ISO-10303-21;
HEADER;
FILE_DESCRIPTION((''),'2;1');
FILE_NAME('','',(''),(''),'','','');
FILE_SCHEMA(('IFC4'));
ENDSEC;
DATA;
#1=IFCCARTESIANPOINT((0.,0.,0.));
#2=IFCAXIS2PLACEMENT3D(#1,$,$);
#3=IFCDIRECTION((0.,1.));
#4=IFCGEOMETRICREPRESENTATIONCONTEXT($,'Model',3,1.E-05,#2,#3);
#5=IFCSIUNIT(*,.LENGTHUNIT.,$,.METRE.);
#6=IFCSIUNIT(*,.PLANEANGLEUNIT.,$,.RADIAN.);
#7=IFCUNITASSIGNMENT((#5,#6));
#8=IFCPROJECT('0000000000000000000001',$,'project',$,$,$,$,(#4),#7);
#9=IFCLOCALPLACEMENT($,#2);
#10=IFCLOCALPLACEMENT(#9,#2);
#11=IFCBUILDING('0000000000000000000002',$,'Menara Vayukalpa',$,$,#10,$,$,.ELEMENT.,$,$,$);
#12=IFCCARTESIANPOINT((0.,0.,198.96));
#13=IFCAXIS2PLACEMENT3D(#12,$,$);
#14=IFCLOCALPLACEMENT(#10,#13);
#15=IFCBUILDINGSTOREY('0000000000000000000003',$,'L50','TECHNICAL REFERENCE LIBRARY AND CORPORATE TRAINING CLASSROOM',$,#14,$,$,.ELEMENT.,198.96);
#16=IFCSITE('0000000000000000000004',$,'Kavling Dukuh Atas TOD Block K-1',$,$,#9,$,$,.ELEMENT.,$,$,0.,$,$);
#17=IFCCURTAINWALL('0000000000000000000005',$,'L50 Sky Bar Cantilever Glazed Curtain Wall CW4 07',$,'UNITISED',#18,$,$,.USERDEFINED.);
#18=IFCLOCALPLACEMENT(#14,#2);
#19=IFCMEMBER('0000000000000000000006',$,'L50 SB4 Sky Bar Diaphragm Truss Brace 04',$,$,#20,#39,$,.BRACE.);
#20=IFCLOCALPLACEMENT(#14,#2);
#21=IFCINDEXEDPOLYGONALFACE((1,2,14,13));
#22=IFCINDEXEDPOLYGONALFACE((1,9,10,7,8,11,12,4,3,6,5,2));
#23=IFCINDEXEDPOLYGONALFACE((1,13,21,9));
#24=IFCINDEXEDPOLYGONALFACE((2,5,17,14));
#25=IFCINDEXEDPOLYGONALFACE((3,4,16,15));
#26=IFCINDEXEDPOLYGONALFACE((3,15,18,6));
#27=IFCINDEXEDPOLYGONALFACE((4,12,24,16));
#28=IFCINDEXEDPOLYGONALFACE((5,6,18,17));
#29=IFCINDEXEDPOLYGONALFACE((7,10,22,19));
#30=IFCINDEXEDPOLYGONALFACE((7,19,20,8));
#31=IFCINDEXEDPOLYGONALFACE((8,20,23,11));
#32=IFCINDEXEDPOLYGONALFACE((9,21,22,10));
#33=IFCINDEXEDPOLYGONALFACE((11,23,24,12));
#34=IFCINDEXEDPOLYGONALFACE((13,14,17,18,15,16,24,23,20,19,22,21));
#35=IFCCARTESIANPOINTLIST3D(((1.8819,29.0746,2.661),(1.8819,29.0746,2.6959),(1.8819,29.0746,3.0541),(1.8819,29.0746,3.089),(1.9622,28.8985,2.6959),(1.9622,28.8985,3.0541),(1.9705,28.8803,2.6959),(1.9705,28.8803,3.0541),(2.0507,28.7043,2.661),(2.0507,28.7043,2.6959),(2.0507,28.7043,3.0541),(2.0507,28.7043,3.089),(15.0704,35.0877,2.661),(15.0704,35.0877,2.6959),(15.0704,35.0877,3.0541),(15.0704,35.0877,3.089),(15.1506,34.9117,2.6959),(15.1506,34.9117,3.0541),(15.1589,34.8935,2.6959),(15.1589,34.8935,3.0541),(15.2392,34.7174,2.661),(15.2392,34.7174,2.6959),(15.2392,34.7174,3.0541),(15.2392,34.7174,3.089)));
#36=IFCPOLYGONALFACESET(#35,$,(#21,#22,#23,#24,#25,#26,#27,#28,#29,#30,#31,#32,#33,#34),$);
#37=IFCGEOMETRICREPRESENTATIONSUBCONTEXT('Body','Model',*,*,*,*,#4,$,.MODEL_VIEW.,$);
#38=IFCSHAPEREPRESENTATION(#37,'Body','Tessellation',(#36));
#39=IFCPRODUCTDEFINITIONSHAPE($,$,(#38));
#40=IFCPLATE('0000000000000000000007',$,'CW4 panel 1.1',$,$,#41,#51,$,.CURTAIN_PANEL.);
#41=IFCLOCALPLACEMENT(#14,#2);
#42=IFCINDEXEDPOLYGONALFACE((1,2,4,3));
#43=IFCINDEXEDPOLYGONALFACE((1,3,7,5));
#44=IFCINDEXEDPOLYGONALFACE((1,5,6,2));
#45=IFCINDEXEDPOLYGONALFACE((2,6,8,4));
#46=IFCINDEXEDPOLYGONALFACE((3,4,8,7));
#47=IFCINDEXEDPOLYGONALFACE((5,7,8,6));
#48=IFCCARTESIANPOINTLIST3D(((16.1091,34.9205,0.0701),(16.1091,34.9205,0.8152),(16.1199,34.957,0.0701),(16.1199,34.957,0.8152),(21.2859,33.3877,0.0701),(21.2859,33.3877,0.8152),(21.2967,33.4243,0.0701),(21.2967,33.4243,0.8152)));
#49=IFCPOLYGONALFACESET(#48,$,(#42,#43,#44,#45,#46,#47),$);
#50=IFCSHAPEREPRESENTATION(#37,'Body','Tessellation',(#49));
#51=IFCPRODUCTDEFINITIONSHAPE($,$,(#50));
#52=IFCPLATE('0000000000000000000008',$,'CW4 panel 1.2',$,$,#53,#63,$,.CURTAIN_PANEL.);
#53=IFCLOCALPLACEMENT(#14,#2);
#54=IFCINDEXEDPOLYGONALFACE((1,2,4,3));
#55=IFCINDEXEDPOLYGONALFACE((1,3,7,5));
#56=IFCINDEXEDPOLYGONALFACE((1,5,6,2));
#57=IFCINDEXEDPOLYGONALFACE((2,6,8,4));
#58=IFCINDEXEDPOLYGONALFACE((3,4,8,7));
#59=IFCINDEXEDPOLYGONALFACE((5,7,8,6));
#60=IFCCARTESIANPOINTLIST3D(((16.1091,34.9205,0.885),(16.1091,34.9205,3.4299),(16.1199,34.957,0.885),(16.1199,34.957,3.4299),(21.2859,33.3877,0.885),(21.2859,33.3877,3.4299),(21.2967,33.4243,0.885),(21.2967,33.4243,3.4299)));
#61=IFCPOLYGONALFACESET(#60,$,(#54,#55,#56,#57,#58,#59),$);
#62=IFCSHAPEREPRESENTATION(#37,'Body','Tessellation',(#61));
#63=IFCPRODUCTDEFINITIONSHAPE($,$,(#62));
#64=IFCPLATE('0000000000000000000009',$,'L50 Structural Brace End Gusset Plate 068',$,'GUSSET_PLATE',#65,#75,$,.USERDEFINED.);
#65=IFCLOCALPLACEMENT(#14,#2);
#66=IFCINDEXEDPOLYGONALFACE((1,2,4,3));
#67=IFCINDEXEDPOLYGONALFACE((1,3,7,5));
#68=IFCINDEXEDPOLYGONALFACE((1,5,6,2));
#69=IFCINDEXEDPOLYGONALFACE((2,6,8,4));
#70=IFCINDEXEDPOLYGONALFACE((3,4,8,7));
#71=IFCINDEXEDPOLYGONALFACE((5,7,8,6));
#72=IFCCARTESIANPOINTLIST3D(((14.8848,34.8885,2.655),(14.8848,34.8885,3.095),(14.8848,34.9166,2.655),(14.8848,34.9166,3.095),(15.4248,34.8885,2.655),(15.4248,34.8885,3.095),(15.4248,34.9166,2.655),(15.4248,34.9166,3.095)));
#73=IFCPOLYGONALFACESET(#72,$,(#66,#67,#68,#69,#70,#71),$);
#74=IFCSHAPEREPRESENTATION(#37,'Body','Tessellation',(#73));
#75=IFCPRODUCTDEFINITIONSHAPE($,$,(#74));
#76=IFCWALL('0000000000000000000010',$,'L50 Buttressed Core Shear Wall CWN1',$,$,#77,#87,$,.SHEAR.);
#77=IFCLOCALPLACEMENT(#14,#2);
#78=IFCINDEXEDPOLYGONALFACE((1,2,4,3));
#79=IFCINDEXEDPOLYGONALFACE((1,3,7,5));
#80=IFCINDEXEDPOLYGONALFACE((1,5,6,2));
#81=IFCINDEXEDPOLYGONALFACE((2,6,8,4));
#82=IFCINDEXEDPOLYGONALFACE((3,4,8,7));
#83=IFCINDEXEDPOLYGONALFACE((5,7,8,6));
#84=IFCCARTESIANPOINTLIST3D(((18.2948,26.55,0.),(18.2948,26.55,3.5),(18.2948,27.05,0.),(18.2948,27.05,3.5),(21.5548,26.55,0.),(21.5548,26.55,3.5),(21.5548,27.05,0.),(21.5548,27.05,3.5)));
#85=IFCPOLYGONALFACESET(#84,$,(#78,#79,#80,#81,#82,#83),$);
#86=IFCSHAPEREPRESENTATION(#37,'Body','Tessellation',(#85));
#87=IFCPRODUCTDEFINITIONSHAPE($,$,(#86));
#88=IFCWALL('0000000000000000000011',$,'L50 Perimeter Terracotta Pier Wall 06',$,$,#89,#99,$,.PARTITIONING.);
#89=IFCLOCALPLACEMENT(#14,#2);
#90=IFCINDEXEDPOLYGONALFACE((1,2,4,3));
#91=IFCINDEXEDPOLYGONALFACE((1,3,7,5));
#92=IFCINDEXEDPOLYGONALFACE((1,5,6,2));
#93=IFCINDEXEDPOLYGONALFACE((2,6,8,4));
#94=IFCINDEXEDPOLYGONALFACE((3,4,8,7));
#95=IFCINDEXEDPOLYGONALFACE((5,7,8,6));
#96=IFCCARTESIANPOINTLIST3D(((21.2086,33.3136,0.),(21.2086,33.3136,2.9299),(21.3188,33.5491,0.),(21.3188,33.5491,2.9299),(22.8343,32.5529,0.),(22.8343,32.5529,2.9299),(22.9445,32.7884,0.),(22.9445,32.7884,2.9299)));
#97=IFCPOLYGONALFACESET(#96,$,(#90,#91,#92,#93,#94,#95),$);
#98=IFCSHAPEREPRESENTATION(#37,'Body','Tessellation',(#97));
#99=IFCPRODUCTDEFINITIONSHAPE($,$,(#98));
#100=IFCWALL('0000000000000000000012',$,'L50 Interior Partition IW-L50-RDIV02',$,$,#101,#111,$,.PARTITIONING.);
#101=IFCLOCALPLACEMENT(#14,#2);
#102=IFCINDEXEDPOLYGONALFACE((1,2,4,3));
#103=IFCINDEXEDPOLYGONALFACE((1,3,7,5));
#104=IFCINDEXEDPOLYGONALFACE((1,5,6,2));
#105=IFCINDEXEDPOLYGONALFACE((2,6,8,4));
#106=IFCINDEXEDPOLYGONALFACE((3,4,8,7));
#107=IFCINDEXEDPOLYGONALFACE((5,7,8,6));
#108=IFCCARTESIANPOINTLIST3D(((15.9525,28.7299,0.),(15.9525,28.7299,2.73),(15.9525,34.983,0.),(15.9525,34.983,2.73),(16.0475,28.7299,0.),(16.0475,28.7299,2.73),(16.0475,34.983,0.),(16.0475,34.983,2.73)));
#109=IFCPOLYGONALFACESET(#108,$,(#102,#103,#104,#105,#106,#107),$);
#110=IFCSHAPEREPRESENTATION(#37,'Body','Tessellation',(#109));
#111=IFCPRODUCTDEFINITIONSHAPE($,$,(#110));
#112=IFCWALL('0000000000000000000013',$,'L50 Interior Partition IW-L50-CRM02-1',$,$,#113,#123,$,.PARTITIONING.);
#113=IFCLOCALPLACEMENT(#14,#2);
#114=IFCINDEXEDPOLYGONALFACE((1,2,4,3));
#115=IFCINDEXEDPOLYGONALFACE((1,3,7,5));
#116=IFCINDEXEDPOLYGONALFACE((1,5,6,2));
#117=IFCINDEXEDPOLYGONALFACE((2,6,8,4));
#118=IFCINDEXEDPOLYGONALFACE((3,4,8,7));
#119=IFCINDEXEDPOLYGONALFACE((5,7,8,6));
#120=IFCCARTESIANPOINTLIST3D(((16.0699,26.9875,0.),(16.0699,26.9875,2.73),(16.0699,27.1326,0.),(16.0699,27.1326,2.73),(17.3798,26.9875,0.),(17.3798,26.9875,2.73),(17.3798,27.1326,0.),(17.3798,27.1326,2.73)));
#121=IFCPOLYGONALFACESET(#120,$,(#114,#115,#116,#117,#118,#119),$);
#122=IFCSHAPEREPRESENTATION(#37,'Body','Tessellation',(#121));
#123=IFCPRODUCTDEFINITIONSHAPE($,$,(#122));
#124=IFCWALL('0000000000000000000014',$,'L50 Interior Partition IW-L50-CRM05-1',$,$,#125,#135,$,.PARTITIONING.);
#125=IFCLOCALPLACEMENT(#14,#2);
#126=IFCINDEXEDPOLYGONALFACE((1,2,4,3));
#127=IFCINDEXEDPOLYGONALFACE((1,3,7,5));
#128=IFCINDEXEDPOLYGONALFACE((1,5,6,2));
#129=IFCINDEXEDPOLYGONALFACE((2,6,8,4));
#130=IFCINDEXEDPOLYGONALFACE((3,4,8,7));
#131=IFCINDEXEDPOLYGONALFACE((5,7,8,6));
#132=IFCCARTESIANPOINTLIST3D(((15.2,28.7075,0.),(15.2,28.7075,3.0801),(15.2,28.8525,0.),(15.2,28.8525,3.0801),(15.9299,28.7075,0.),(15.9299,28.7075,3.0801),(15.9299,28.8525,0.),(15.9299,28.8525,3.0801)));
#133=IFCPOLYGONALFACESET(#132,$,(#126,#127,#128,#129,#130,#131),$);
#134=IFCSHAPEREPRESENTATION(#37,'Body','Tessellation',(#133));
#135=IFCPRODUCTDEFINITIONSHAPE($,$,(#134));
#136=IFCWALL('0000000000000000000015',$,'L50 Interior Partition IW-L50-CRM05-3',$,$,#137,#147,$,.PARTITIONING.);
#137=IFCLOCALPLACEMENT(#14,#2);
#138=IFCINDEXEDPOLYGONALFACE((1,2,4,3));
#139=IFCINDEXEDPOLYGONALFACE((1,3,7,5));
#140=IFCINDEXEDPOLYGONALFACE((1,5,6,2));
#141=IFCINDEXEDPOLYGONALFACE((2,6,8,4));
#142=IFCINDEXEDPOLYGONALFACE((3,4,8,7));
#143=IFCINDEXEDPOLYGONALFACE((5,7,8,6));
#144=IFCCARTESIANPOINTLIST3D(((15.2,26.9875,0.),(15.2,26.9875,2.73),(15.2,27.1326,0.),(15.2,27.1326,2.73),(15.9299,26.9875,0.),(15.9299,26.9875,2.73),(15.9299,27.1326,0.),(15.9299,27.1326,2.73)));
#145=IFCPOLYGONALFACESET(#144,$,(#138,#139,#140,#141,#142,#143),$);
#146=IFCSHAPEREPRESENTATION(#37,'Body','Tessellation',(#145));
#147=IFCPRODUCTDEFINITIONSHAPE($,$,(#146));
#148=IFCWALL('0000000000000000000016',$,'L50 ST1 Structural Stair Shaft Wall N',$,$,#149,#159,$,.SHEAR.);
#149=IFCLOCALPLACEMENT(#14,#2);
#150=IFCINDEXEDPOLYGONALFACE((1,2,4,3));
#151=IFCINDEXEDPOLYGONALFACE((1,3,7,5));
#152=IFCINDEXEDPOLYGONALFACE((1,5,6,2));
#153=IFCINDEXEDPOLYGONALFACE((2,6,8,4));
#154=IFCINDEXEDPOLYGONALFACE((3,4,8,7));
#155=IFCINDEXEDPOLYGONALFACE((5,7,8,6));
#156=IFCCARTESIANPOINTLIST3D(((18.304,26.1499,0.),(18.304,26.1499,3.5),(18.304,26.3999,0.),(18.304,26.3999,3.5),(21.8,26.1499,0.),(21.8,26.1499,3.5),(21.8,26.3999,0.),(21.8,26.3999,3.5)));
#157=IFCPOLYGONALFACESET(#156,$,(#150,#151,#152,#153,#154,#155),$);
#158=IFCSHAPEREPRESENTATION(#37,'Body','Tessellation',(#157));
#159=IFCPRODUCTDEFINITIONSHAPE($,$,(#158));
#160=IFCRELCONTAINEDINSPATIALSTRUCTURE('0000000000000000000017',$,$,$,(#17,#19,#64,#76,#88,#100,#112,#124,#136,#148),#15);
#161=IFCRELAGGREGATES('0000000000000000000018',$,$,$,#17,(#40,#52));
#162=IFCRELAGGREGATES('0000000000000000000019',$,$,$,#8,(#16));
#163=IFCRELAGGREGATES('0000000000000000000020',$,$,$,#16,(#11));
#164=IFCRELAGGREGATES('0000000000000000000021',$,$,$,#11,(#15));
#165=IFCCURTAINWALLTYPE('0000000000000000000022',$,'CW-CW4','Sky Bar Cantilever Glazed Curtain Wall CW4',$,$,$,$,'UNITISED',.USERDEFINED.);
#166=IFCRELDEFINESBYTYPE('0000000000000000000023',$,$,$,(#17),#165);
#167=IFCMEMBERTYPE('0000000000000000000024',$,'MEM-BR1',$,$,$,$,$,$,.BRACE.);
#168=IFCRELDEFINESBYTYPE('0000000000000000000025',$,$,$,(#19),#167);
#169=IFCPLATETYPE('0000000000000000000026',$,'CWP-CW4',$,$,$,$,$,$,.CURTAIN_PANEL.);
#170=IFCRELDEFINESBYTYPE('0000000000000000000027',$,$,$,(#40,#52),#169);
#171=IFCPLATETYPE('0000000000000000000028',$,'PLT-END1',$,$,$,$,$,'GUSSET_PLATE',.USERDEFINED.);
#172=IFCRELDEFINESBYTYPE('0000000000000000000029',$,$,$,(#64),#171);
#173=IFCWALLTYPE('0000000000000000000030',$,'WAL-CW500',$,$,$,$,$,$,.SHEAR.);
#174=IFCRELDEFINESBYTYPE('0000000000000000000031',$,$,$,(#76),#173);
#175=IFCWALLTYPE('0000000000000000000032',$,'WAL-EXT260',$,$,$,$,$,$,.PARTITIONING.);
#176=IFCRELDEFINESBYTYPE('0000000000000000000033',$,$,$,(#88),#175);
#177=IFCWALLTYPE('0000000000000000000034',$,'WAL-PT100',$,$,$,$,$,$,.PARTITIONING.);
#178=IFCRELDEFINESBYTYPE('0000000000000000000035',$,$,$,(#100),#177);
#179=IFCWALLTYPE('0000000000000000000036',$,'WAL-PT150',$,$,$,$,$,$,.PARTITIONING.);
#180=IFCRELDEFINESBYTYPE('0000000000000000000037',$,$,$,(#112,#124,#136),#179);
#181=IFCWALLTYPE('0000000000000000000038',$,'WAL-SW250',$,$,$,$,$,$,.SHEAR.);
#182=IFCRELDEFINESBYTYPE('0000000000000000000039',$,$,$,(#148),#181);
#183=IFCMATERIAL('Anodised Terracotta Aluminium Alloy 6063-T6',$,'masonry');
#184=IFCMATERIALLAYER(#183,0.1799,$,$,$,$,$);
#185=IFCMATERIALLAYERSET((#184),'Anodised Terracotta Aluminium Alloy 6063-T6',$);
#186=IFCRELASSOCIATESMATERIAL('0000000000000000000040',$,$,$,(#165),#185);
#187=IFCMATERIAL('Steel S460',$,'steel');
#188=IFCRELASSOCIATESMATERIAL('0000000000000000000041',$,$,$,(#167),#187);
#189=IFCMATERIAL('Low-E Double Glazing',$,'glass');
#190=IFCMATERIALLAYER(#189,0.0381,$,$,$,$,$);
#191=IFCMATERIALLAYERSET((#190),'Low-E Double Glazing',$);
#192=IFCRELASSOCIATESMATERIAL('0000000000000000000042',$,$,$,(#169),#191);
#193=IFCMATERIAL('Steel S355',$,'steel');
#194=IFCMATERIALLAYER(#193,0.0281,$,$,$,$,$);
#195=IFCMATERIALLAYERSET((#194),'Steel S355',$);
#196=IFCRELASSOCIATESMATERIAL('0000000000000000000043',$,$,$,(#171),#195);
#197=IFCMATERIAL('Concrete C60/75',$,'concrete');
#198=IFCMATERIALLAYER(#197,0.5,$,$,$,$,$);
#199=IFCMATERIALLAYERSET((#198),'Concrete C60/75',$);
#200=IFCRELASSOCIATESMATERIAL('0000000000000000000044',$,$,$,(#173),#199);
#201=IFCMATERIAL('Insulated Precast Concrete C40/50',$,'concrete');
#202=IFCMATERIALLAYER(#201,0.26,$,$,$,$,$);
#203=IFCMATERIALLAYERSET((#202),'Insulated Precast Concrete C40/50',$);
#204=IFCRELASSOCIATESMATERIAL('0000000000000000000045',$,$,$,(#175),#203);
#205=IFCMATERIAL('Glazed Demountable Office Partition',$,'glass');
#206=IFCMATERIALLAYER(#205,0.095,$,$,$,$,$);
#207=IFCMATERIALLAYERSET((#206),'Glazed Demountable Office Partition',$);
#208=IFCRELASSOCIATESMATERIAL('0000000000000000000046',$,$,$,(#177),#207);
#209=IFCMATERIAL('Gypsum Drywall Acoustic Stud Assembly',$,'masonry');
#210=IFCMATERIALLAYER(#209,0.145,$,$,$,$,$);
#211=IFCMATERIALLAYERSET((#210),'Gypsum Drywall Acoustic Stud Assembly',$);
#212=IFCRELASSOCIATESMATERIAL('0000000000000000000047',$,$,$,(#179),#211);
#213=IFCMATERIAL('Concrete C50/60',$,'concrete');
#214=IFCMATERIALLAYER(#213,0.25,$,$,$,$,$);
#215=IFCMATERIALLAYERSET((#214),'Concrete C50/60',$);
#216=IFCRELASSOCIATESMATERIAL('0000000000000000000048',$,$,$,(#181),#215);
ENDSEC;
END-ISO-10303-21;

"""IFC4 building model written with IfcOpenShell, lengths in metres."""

from ifc_helpers import new_model, si_unit, direction, frame, frame_2d, origin, origin_2d, place, context, subcontext, project, spatial, rectangle, i_section, extrude, material, layer, layer_set, material_profile, profile_set, type_object, element, aggregate, save


model = new_model("IFC4")

# Units and contexts
model_context = context("Model", 3, precision=1e-05, world=origin(), true_north=direction((0.0, 1.0)))
body_context = subcontext(model_context, "Body", "Model", "MODEL_VIEW")
ifc_project = project(units=[si_unit("LENGTHUNIT", "METRE"), si_unit("PLANEANGLEUNIT", "RADIAN")], contexts=[model_context])

# Site, building, storey
site_placement = place(None, origin())
site = spatial("IfcSite", under=ifc_project, at=site_placement, Name="Kavling Dukuh Atas TOD Block K-1", CompositionType="ELEMENT", RefElevation=0.0)
building_placement = place(site_placement, origin())
building = spatial("IfcBuilding", under=site, at=building_placement, Name="Menara Vayukalpa", CompositionType="ELEMENT")
storey_placement = place(building_placement, frame((0.0, 0.0, 198.96)))
storey = spatial("IfcBuildingStorey", under=building, at=storey_placement, Name="L50", Description="TECHNICAL REFERENCE LIBRARY AND CORPORATE TRAINING CLASSROOM", CompositionType="ELEMENT", Elevation=198.96)

# Curtain wall
ifc_material_1 = material(Name="Anodised Terracotta Aluminium Alloy 6063-T6", Category="masonry")
ifc_layer_1 = layer(ifc_material_1, 0.1799)
ifc_layer_set_1 = layer_set([ifc_layer_1], Name="Anodised Terracotta Aluminium Alloy 6063-T6")
curtain_wall_type = type_object("IfcCurtainWallType", Name="CW-CW4", Description="Sky Bar Cantilever Glazed Curtain Wall CW4", ElementType="UNITISED", PredefinedType="USERDEFINED", material=ifc_layer_set_1)
curtain_wall_placement = place(storey_placement, origin())
curtain_wall = element("IfcCurtainWall", 1, at=curtain_wall_placement, inside=storey, type_object=curtain_wall_type, Name="L50 Sky Bar Cantilever Glazed Curtain Wall CW4 07", ObjectType="UNITISED", PredefinedType="USERDEFINED")

# Member
ifc_material_2 = material(Name="Steel S460", Category="steel")
ifc_material_profile_1 = material_profile(ifc_material_2, i_section(OverallWidth=0.407, OverallDepth=0.428, WebThickness=0.02, FlangeThickness=0.0349, at=origin_2d()), Name="H 428x407x20x35")
ifc_profile_set_1 = profile_set([ifc_material_profile_1], Name="Steel S460")
member_type_1 = type_object("IfcMemberType", Name="MEM-BR1", PredefinedType="BRACE", material=ifc_profile_set_1)
member_1_placement = place(storey_placement, frame((15.1548, 34.9026, 2.875), z_axis=(-0.909887, -0.414856, 0.0), x_axis=(0.414856, -0.909887, 0.0)))
element("IfcMember", 2, at=member_1_placement, inside=storey, type_object=member_type_1, Name="L50 SB4 Sky Bar Diaphragm Truss Brace 04", PredefinedType="BRACE", context=body_context, shape_type="SweptSolid", body=[
    extrude(i_section(OverallWidth=0.407, OverallDepth=0.428, WebThickness=0.02, FlangeThickness=0.0349, at=origin_2d()), origin(), (0.0, 0.0, 1.0), 14.4946),
])

# Plates
ifc_material_3 = material(Name="Low-E Double Glazing", Category="glass")
ifc_layer_2 = layer(ifc_material_3, 0.0381)
ifc_layer_set_2 = layer_set([ifc_layer_2], Name="Low-E Double Glazing")
plate_type_1 = type_object("IfcPlateType", Name="CWP-CW4", PredefinedType="CURTAIN_PANEL", material=ifc_layer_set_2)
plate_1_placement = place(storey_placement, frame((18.7029, 34.1724, 0.0701), z_axis=(0.0, 0.0, 1.0), x_axis=(-0.958856, 0.283894, 0.0)))
plate_1 = element("IfcPlate", 3, at=plate_1_placement, type_object=plate_type_1, Name="CW4 panel 1.1", PredefinedType="CURTAIN_PANEL", context=body_context, shape_type="SweptSolid", body=[
    extrude(rectangle(XDim=5.3989, YDim=0.0381, at=origin_2d()), origin(), (0.0, 0.0, 1.0), 0.7451),
])
plate_2_placement = place(storey_placement, frame((18.7029, 34.1724, 0.885), z_axis=(0.0, 0.0, 1.0), x_axis=(-0.958856, 0.283894, 0.0)))
plate_2 = element("IfcPlate", 4, at=plate_2_placement, type_object=plate_type_1, Name="CW4 panel 1.2", PredefinedType="CURTAIN_PANEL", context=body_context, shape_type="SweptSolid", body=[
    extrude(rectangle(XDim=5.3989, YDim=0.0381, at=origin_2d()), origin(), (0.0, 0.0, 1.0), 2.5449),
])
aggregate(curtain_wall, [plate_1, plate_2])
ifc_material_4 = material(Name="Steel S355", Category="steel")
ifc_layer_3 = layer(ifc_material_4, 0.0281)
ifc_layer_set_3 = layer_set([ifc_layer_3], Name="Steel S355")
plate_type_2 = type_object("IfcPlateType", Name="PLT-END1", ElementType="GUSSET_PLATE", PredefinedType="USERDEFINED", material=ifc_layer_set_3)
plate_3_placement = place(storey_placement, frame((15.1548, 34.9026, 2.655), z_axis=(0.0, 0.0, 1.0), x_axis=(1.0, 0.0, 0.0)))
element("IfcPlate", 5, at=plate_3_placement, inside=storey, type_object=plate_type_2, Name="L50 Structural Brace End Gusset Plate 068", ObjectType="GUSSET_PLATE", PredefinedType="USERDEFINED", context=body_context, shape_type="SweptSolid", body=[
    extrude(rectangle(XDim=0.54, YDim=0.0281, at=origin_2d()), origin(), (0.0, 0.0, 1.0), 0.4399),
])

# Walls
ifc_material_5 = material(Name="Concrete C60/75", Category="concrete")
ifc_layer_4 = layer(ifc_material_5, 0.5)
ifc_layer_set_4 = layer_set([ifc_layer_4], Name="Concrete C60/75")
wall_type_1 = type_object("IfcWallType", Name="WAL-CW500", PredefinedType="SHEAR", material=ifc_layer_set_4)
wall_1_placement = place(storey_placement, frame((18.2949, 26.8, 0.0), z_axis=(0.0, 0.0, 1.0), x_axis=(1.0, 0.0, 0.0)))
element("IfcWall", 6, at=wall_1_placement, inside=storey, type_object=wall_type_1, Name="L50 Buttressed Core Shear Wall CWN1", PredefinedType="SHEAR", context=body_context, shape_type="SweptSolid", body=[
    extrude(rectangle(XDim=3.26, YDim=0.5, at=frame_2d((1.6299, 0.0))), origin(), (0.0, 0.0, 1.0), 3.5),
])
ifc_material_6 = material(Name="Insulated Precast Concrete C40/50", Category="concrete")
ifc_layer_5 = layer(ifc_material_6, 0.26)
ifc_layer_set_5 = layer_set([ifc_layer_5], Name="Insulated Precast Concrete C40/50")
wall_type_2 = type_object("IfcWallType", Name="WAL-EXT260", PredefinedType="PARTITIONING", material=ifc_layer_set_5)
wall_2_placement = place(storey_placement, frame((21.2637, 33.4314, 0.0), z_axis=(0.0, 0.0, 1.0), x_axis=(0.905741, -0.423831, 0.0)))
element("IfcWall", 7, at=wall_2_placement, inside=storey, type_object=wall_type_2, Name="L50 Perimeter Terracotta Pier Wall 06", PredefinedType="PARTITIONING", context=body_context, shape_type="SweptSolid", body=[
    extrude(rectangle(XDim=1.7949, YDim=0.26, at=frame_2d((0.8975, 0.0))), origin(), (0.0, 0.0, 1.0), 2.9299),
])
ifc_material_7 = material(Name="Glazed Demountable Office Partition", Category="glass")
ifc_layer_6 = layer(ifc_material_7, 0.095)
ifc_layer_set_6 = layer_set([ifc_layer_6], Name="Glazed Demountable Office Partition")
wall_type_3 = type_object("IfcWallType", Name="WAL-PT100", PredefinedType="PARTITIONING", material=ifc_layer_set_6)
wall_3_placement = place(storey_placement, frame((16.0, 28.73, 0.0), z_axis=(0.0, 0.0, 1.0), x_axis=(0.0, 1.0, 0.0)))
element("IfcWall", 8, at=wall_3_placement, inside=storey, type_object=wall_type_3, Name="L50 Interior Partition IW-L50-RDIV02", PredefinedType="PARTITIONING", context=body_context, shape_type="SweptSolid", body=[
    extrude(rectangle(XDim=6.2532, YDim=0.095, at=frame_2d((3.1265, 0.0))), origin(), (0.0, 0.0, 1.0), 2.73),
])
ifc_material_8 = material(Name="Gypsum Drywall Acoustic Stud Assembly", Category="masonry")
ifc_layer_7 = layer(ifc_material_8, 0.145)
ifc_layer_set_7 = layer_set([ifc_layer_7], Name="Gypsum Drywall Acoustic Stud Assembly")
wall_type_4 = type_object("IfcWallType", Name="WAL-PT150", PredefinedType="PARTITIONING", material=ifc_layer_set_7)
wall_4_placement = place(storey_placement, frame((16.0701, 27.0601, 0.0), z_axis=(0.0, 0.0, 1.0), x_axis=(1.0, 0.0, 0.0)))
element("IfcWall", 9, at=wall_4_placement, inside=storey, type_object=wall_type_4, Name="L50 Interior Partition IW-L50-CRM02-1", PredefinedType="PARTITIONING", context=body_context, shape_type="SweptSolid", body=[
    extrude(rectangle(XDim=1.3098, YDim=0.145, at=frame_2d((0.6548, 0.0))), origin(), (0.0, 0.0, 1.0), 2.73),
])
wall_5_placement = place(storey_placement, frame((15.9299, 28.78, 0.0), z_axis=(0.0, 0.0, 1.0), x_axis=(-1.0, 0.0, 0.0)))
element("IfcWall", 10, at=wall_5_placement, inside=storey, type_object=wall_type_4, Name="L50 Interior Partition IW-L50-CRM05-1", PredefinedType="PARTITIONING", context=body_context, shape_type="SweptSolid", body=[
    extrude(rectangle(XDim=0.73, YDim=0.145, at=frame_2d((0.365, 0.0))), origin(), (0.0, 0.0, 1.0), 3.0801),
])
wall_6_placement = place(storey_placement, frame((15.2, 27.0601, 0.0), z_axis=(0.0, 0.0, 1.0), x_axis=(1.0, 0.0, 0.0)))
element("IfcWall", 11, at=wall_6_placement, inside=storey, type_object=wall_type_4, Name="L50 Interior Partition IW-L50-CRM05-3", PredefinedType="PARTITIONING", context=body_context, shape_type="SweptSolid", body=[
    extrude(rectangle(XDim=0.73, YDim=0.145, at=frame_2d((0.365, 0.0))), origin(), (0.0, 0.0, 1.0), 2.73),
])
ifc_material_9 = material(Name="Concrete C50/60", Category="concrete")
ifc_layer_8 = layer(ifc_material_9, 0.25)
ifc_layer_set_8 = layer_set([ifc_layer_8], Name="Concrete C50/60")
wall_type_5 = type_object("IfcWallType", Name="WAL-SW250", PredefinedType="SHEAR", material=ifc_layer_set_8)
wall_7_placement = place(storey_placement, frame((18.304, 26.2749, 0.0), z_axis=(0.0, 0.0, 1.0), x_axis=(1.0, 0.0, 0.0)))
element("IfcWall", 12, at=wall_7_placement, inside=storey, type_object=wall_type_5, Name="L50 ST1 Structural Stair Shaft Wall N", PredefinedType="SHEAR", context=body_context, shape_type="SweptSolid", body=[
    extrude(rectangle(XDim=3.4961, YDim=0.25, at=frame_2d((1.748, 0.0))), origin(), (0.0, 0.0, 1.0), 3.5),
])

save(model, "model.ifc")
